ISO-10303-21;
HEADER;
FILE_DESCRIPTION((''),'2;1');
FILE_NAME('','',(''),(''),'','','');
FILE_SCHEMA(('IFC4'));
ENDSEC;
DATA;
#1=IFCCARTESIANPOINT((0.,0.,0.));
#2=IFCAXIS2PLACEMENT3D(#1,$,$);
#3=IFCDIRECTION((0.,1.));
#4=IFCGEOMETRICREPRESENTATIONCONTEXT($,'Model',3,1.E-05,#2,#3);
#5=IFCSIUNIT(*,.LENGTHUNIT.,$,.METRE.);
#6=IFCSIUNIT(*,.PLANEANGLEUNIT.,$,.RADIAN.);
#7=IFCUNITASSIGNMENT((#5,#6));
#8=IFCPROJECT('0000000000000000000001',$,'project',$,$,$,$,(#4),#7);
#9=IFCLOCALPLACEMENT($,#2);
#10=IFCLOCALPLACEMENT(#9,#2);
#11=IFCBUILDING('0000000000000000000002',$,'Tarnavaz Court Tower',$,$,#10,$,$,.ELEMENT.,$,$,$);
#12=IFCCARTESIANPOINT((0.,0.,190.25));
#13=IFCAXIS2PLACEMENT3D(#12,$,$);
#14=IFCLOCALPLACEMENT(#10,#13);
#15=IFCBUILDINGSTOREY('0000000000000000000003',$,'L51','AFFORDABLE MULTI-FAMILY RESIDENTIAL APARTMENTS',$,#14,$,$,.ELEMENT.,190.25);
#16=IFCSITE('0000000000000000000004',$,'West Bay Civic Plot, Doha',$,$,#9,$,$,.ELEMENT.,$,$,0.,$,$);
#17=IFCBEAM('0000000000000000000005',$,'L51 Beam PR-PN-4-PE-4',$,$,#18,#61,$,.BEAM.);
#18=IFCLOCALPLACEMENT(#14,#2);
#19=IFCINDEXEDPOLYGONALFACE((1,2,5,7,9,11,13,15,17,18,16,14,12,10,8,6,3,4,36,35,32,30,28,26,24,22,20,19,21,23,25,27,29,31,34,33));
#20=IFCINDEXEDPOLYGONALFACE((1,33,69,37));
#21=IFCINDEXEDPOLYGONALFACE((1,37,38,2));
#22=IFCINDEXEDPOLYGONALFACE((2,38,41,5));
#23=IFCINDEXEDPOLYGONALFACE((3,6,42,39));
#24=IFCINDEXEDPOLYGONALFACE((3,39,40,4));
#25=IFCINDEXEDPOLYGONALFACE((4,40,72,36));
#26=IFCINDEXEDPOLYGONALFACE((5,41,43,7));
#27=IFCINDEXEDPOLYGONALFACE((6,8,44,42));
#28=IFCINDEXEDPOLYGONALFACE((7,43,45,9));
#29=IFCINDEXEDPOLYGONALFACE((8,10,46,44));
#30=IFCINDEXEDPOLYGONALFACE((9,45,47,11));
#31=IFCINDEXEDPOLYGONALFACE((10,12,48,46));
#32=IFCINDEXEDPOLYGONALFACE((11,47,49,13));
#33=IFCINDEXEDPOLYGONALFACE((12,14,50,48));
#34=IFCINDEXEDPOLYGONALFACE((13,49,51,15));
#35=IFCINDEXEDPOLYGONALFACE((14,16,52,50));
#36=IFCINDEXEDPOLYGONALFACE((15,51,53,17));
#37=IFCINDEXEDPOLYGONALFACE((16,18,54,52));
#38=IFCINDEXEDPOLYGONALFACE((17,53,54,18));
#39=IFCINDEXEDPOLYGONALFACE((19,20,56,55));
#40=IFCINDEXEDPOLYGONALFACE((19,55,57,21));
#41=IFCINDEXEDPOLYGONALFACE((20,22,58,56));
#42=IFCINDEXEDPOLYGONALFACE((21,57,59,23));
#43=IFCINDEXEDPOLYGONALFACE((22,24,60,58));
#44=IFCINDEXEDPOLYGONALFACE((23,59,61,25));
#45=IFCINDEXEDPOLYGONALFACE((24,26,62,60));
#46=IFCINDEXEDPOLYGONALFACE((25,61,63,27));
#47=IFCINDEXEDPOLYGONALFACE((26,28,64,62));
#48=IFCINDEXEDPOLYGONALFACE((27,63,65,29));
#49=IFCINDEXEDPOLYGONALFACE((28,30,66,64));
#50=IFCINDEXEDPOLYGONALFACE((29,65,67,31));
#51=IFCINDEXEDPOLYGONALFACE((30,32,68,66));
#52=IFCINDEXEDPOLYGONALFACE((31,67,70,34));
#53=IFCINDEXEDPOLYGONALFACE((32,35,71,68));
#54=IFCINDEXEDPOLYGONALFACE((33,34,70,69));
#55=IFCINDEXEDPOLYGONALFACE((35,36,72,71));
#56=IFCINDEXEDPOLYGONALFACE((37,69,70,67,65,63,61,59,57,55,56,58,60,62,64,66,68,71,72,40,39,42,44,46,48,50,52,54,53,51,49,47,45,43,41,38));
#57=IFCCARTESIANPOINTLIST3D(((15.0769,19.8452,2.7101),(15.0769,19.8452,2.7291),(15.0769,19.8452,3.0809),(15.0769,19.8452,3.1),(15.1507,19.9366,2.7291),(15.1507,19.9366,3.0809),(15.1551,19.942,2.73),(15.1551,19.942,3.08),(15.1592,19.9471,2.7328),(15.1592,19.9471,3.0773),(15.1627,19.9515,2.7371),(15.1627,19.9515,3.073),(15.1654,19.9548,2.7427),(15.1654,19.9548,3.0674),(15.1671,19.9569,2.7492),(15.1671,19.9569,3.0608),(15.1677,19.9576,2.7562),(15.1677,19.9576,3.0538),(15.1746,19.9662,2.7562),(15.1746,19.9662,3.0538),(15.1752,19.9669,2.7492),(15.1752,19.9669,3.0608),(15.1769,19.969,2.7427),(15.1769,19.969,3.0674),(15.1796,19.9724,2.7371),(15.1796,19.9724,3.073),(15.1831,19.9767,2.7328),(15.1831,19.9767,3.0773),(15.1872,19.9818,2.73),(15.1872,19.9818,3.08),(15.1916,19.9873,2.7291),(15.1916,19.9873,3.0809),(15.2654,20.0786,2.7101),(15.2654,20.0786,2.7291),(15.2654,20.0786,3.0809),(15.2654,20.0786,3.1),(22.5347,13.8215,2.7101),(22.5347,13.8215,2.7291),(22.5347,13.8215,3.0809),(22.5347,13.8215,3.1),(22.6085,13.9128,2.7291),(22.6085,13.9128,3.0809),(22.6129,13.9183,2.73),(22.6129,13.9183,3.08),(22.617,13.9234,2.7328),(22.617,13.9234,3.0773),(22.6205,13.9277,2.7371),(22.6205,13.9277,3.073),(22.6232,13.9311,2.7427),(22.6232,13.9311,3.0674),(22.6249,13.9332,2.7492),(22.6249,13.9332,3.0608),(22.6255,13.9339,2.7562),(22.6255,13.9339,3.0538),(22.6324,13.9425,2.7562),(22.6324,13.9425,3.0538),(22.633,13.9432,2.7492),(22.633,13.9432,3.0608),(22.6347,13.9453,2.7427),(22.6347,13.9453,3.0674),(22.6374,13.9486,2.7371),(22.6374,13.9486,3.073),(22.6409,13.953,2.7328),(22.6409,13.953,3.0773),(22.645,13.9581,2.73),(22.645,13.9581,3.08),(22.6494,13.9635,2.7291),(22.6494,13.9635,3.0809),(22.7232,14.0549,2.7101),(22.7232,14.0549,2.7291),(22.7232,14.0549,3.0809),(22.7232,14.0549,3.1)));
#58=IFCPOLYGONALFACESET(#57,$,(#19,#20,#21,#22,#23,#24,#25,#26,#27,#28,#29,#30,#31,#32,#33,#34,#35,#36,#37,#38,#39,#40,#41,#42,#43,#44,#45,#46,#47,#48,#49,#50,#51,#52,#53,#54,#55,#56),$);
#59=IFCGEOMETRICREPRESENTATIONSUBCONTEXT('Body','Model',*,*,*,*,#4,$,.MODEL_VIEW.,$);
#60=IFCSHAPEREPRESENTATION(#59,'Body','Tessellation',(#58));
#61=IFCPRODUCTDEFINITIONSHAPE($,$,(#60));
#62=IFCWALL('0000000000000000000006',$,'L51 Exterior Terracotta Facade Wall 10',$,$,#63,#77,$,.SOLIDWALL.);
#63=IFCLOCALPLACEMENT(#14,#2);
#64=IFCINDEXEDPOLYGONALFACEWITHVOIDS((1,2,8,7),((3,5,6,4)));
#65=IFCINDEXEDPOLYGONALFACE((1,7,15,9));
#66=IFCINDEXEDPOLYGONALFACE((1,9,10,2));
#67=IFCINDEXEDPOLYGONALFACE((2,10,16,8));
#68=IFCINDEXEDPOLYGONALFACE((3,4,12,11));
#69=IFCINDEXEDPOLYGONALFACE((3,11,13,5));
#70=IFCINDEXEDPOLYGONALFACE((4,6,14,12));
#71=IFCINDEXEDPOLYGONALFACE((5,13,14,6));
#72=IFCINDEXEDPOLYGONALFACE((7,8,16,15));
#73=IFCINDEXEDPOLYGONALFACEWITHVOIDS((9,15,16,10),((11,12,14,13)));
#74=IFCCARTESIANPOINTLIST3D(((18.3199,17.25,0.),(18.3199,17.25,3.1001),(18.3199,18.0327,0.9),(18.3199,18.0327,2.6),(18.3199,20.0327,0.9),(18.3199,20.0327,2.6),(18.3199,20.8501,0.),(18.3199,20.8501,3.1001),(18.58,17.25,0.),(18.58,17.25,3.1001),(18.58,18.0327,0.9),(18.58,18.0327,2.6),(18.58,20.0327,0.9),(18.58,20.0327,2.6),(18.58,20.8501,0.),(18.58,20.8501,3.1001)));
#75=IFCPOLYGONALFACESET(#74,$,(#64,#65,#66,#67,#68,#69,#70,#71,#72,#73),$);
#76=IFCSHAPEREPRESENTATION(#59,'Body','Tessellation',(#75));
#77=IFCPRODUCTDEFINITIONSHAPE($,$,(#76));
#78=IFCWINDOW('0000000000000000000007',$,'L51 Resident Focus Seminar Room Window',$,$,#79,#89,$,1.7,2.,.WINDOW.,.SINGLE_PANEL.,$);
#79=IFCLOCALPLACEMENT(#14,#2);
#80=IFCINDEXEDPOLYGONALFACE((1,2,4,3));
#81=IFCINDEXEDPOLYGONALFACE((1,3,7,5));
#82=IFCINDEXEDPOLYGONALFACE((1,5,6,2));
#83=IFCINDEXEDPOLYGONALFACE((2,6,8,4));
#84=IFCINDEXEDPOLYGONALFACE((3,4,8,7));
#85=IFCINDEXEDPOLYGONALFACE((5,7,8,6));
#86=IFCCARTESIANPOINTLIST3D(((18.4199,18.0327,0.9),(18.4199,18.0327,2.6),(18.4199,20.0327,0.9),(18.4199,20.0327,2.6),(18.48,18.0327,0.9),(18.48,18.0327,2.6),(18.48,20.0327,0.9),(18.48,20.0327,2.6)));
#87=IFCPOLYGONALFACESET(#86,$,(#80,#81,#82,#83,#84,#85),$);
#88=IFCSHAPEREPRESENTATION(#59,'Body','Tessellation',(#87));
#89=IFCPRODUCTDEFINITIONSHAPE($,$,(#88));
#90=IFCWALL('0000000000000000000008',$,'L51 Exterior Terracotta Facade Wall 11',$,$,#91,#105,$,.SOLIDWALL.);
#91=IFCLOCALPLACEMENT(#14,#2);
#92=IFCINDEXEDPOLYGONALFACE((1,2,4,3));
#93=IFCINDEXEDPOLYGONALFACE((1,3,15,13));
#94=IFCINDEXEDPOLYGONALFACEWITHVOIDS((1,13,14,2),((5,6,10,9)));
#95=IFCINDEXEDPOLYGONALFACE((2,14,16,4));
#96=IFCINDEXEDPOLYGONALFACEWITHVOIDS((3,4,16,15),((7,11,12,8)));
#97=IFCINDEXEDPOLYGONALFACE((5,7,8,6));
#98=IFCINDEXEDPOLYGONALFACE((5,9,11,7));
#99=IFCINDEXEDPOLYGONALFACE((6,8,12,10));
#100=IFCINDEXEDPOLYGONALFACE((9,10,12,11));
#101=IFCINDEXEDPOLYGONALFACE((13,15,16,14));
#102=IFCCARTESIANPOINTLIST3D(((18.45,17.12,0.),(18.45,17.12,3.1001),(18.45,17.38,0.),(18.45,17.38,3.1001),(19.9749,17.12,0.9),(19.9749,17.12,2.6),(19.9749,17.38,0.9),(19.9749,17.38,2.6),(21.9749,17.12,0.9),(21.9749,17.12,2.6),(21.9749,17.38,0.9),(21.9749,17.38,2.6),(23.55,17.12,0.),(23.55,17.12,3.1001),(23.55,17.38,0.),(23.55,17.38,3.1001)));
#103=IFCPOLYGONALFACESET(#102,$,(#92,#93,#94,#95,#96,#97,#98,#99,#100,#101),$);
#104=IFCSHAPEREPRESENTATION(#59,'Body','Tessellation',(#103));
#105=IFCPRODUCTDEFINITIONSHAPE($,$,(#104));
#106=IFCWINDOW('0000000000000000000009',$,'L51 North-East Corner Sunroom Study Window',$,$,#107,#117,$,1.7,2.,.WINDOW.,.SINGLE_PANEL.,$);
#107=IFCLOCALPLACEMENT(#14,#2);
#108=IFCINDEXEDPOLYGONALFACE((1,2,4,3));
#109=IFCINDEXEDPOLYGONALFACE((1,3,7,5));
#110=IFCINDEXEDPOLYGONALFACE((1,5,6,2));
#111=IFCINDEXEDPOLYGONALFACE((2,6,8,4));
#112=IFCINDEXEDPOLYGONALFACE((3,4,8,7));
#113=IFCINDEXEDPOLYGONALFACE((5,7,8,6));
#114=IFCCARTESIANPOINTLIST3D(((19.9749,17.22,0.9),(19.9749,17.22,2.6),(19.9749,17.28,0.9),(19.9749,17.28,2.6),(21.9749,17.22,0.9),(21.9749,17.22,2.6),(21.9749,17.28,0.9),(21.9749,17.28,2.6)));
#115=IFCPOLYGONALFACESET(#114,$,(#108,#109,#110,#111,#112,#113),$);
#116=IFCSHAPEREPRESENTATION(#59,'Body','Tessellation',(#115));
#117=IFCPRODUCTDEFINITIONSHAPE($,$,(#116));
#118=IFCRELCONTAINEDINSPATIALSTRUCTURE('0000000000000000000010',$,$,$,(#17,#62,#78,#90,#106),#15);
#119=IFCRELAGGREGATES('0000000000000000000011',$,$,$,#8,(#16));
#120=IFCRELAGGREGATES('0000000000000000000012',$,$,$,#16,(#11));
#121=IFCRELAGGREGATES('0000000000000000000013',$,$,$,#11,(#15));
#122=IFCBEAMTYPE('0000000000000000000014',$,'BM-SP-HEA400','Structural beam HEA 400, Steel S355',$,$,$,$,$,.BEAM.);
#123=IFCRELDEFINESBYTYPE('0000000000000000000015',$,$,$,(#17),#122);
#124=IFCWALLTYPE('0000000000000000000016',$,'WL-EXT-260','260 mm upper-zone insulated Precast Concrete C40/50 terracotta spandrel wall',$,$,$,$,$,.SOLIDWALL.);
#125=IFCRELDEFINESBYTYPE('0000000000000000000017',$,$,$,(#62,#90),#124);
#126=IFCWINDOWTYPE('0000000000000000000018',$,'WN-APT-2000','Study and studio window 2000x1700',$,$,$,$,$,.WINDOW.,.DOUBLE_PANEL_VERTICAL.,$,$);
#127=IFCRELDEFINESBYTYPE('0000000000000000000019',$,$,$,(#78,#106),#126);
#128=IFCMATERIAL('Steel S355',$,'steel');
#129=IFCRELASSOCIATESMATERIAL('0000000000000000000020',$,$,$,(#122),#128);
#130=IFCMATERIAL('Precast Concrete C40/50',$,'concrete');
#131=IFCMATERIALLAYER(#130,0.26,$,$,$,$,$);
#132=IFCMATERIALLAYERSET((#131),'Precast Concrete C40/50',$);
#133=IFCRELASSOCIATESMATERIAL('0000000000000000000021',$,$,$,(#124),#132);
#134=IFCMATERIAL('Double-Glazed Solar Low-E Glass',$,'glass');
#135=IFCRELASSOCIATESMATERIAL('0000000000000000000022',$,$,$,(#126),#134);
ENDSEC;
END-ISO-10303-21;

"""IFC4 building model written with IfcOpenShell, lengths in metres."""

from ifc_helpers import new_model, si_unit, direction, frame, frame_2d, origin, origin_2d, place, context, subcontext, project, spatial, rectangle, i_section, extrude, material, layer, layer_set, material_profile, profile_set, type_object, element, fill, save


model = new_model("IFC4")

# Units and contexts
model_context = context("Model", 3, precision=1e-05, world=origin(), true_north=direction((0.0, 1.0)))
body_context = subcontext(model_context, "Body", "Model", "MODEL_VIEW")
ifc_project = project(units=[si_unit("LENGTHUNIT", "METRE"), si_unit("PLANEANGLEUNIT", "RADIAN")], contexts=[model_context])

# Site, building, storey
site_placement = place(None, origin())
site = spatial("IfcSite", under=ifc_project, at=site_placement, Name="West Bay Civic Plot, Doha", CompositionType="ELEMENT", RefElevation=0.0)
building_placement = place(site_placement, origin())
building = spatial("IfcBuilding", under=site, at=building_placement, Name="Tarnavaz Court Tower", CompositionType="ELEMENT")
storey_placement = place(building_placement, frame((0.0, 0.0, 190.25)))
storey = spatial("IfcBuildingStorey", under=building, at=storey_placement, Name="L51", Description="AFFORDABLE MULTI-FAMILY RESIDENTIAL APARTMENTS", CompositionType="ELEMENT", Elevation=190.25)

# Beam
ifc_material_1 = material(Name="Steel S355", Category="steel")
ifc_material_profile_1 = material_profile(ifc_material_1, i_section(OverallWidth=0.3, OverallDepth=0.3899, WebThickness=0.011, FlangeThickness=0.019, FilletRadius=0.0271, at=origin_2d()), Name="HEA 400")
ifc_profile_set_1 = profile_set([ifc_material_profile_1], Name="Steel S355")
beam_type_1 = type_object("IfcBeamType", Name="BM-SP-HEA400", Description="Structural beam HEA 400, Steel S355", PredefinedType="BEAM", material=ifc_profile_set_1)
beam_1_placement = place(storey_placement, frame((15.1711, 19.9619, 2.905), z_axis=(0.777936, -0.628344, 0.0), x_axis=(0.628344, 0.777936, 0.0)))
element("IfcBeam", 1, at=beam_1_placement, inside=storey, type_object=beam_type_1, Name="L51 Beam PR-PN-4-PE-4", PredefinedType="BEAM", context=body_context, shape_type="SweptSolid", body=[
    extrude(i_section(OverallWidth=0.3, OverallDepth=0.3899, WebThickness=0.011, FlangeThickness=0.019, FilletRadius=0.0271, at=origin_2d()), origin(), (0.0, 0.0, 1.0), 9.5867),
])

# Walls, openings, windows
ifc_material_2 = material(Name="Precast Concrete C40/50", Category="concrete")
ifc_layer_1 = layer(ifc_material_2, 0.26)
ifc_layer_set_1 = layer_set([ifc_layer_1], Name="Precast Concrete C40/50")
wall_type_1 = type_object("IfcWallType", Name="WL-EXT-260", Description="260 mm upper-zone insulated Precast Concrete C40/50 terracotta spandrel wall", PredefinedType="SOLIDWALL", material=ifc_layer_set_1)
wall_1_placement = place(storey_placement, frame((18.45, 20.8501, 0.0), z_axis=(0.0, 0.0, 1.0), x_axis=(0.0, -1.0, 0.0)))
wall_1 = element("IfcWall", 2, at=wall_1_placement, inside=storey, type_object=wall_type_1, Name="L51 Exterior Terracotta Facade Wall 10", PredefinedType="SOLIDWALL", context=body_context, shape_type="SweptSolid", body=[
    extrude(rectangle(XDim=3.6001, YDim=0.26, at=frame_2d((1.8, 0.0))), origin(), (0.0, 0.0, 1.0), 3.1001),
])
opening_1_placement = place(wall_1_placement, frame((0.8174, 0.0, 0.8999)))
opening_1 = element("IfcOpeningElement", 3, at=opening_1_placement, cuts=wall_1, PredefinedType="OPENING", context=body_context, shape_type="SweptSolid", body=[
    extrude(rectangle(XDim=2.0, YDim=1.7, at=frame_2d((1.0, 0.8501))), frame((0.0, 0.1399, 0.0), z_axis=(0.0, -1.0, 0.0), x_axis=(1.0, 0.0, 0.0)), (0.0, 0.0, 1.0), 0.28),
])
ifc_material_3 = material(Name="Double-Glazed Solar Low-E Glass", Category="glass")
window_type_1 = type_object("IfcWindowType", Name="WN-APT-2000", Description="Study and studio window 2000x1700", PartitioningType="DOUBLE_PANEL_VERTICAL", PredefinedType="WINDOW", material=ifc_material_3)
window_1_placement = place(opening_1_placement, origin())
window_1 = element("IfcWindow", 4, at=window_1_placement, inside=storey, type_object=window_type_1, Name="L51 Resident Focus Seminar Room Window", OverallHeight=1.7, OverallWidth=2.0, PartitioningType="SINGLE_PANEL", PredefinedType="WINDOW", context=body_context, shape_type="SweptSolid", body=[
    extrude(rectangle(XDim=2.0, YDim=1.7, at=frame_2d((1.0, 0.8501))), frame((0.0, 0.03, 0.0), z_axis=(0.0, -1.0, 0.0), x_axis=(1.0, 0.0, 0.0)), (0.0, 0.0, 1.0), 0.0601),
])
fill(opening_1, window_1)
wall_2_placement = place(storey_placement, frame((18.45, 17.25, 0.0), z_axis=(0.0, 0.0, 1.0), x_axis=(1.0, 0.0, 0.0)))
wall_2 = element("IfcWall", 5, at=wall_2_placement, inside=storey, type_object=wall_type_1, Name="L51 Exterior Terracotta Facade Wall 11", PredefinedType="SOLIDWALL", context=body_context, shape_type="SweptSolid", body=[
    extrude(rectangle(XDim=5.1001, YDim=0.26, at=frame_2d((2.55, 0.0))), origin(), (0.0, 0.0, 1.0), 3.1001),
])
opening_2_placement = place(wall_2_placement, frame((1.5249, 0.0, 0.8999)))
opening_2 = element("IfcOpeningElement", 6, at=opening_2_placement, cuts=wall_2, PredefinedType="OPENING", context=body_context, shape_type="SweptSolid", body=[
    extrude(rectangle(XDim=2.0, YDim=1.7, at=frame_2d((1.0, 0.8501))), frame((0.0, 0.1399, 0.0), z_axis=(0.0, -1.0, 0.0), x_axis=(1.0, 0.0, 0.0)), (0.0, 0.0, 1.0), 0.28),
])
window_2_placement = place(opening_2_placement, origin())
window_2 = element("IfcWindow", 7, at=window_2_placement, inside=storey, type_object=window_type_1, Name="L51 North-East Corner Sunroom Study Window", OverallHeight=1.7, OverallWidth=2.0, PartitioningType="SINGLE_PANEL", PredefinedType="WINDOW", context=body_context, shape_type="SweptSolid", body=[
    extrude(rectangle(XDim=2.0, YDim=1.7, at=frame_2d((1.0, 0.8501))), frame((0.0, 0.03, 0.0), z_axis=(0.0, -1.0, 0.0), x_axis=(1.0, 0.0, 0.0)), (0.0, 0.0, 1.0), 0.0601),
])
fill(opening_2, window_2)

save(model, "model.ifc")
